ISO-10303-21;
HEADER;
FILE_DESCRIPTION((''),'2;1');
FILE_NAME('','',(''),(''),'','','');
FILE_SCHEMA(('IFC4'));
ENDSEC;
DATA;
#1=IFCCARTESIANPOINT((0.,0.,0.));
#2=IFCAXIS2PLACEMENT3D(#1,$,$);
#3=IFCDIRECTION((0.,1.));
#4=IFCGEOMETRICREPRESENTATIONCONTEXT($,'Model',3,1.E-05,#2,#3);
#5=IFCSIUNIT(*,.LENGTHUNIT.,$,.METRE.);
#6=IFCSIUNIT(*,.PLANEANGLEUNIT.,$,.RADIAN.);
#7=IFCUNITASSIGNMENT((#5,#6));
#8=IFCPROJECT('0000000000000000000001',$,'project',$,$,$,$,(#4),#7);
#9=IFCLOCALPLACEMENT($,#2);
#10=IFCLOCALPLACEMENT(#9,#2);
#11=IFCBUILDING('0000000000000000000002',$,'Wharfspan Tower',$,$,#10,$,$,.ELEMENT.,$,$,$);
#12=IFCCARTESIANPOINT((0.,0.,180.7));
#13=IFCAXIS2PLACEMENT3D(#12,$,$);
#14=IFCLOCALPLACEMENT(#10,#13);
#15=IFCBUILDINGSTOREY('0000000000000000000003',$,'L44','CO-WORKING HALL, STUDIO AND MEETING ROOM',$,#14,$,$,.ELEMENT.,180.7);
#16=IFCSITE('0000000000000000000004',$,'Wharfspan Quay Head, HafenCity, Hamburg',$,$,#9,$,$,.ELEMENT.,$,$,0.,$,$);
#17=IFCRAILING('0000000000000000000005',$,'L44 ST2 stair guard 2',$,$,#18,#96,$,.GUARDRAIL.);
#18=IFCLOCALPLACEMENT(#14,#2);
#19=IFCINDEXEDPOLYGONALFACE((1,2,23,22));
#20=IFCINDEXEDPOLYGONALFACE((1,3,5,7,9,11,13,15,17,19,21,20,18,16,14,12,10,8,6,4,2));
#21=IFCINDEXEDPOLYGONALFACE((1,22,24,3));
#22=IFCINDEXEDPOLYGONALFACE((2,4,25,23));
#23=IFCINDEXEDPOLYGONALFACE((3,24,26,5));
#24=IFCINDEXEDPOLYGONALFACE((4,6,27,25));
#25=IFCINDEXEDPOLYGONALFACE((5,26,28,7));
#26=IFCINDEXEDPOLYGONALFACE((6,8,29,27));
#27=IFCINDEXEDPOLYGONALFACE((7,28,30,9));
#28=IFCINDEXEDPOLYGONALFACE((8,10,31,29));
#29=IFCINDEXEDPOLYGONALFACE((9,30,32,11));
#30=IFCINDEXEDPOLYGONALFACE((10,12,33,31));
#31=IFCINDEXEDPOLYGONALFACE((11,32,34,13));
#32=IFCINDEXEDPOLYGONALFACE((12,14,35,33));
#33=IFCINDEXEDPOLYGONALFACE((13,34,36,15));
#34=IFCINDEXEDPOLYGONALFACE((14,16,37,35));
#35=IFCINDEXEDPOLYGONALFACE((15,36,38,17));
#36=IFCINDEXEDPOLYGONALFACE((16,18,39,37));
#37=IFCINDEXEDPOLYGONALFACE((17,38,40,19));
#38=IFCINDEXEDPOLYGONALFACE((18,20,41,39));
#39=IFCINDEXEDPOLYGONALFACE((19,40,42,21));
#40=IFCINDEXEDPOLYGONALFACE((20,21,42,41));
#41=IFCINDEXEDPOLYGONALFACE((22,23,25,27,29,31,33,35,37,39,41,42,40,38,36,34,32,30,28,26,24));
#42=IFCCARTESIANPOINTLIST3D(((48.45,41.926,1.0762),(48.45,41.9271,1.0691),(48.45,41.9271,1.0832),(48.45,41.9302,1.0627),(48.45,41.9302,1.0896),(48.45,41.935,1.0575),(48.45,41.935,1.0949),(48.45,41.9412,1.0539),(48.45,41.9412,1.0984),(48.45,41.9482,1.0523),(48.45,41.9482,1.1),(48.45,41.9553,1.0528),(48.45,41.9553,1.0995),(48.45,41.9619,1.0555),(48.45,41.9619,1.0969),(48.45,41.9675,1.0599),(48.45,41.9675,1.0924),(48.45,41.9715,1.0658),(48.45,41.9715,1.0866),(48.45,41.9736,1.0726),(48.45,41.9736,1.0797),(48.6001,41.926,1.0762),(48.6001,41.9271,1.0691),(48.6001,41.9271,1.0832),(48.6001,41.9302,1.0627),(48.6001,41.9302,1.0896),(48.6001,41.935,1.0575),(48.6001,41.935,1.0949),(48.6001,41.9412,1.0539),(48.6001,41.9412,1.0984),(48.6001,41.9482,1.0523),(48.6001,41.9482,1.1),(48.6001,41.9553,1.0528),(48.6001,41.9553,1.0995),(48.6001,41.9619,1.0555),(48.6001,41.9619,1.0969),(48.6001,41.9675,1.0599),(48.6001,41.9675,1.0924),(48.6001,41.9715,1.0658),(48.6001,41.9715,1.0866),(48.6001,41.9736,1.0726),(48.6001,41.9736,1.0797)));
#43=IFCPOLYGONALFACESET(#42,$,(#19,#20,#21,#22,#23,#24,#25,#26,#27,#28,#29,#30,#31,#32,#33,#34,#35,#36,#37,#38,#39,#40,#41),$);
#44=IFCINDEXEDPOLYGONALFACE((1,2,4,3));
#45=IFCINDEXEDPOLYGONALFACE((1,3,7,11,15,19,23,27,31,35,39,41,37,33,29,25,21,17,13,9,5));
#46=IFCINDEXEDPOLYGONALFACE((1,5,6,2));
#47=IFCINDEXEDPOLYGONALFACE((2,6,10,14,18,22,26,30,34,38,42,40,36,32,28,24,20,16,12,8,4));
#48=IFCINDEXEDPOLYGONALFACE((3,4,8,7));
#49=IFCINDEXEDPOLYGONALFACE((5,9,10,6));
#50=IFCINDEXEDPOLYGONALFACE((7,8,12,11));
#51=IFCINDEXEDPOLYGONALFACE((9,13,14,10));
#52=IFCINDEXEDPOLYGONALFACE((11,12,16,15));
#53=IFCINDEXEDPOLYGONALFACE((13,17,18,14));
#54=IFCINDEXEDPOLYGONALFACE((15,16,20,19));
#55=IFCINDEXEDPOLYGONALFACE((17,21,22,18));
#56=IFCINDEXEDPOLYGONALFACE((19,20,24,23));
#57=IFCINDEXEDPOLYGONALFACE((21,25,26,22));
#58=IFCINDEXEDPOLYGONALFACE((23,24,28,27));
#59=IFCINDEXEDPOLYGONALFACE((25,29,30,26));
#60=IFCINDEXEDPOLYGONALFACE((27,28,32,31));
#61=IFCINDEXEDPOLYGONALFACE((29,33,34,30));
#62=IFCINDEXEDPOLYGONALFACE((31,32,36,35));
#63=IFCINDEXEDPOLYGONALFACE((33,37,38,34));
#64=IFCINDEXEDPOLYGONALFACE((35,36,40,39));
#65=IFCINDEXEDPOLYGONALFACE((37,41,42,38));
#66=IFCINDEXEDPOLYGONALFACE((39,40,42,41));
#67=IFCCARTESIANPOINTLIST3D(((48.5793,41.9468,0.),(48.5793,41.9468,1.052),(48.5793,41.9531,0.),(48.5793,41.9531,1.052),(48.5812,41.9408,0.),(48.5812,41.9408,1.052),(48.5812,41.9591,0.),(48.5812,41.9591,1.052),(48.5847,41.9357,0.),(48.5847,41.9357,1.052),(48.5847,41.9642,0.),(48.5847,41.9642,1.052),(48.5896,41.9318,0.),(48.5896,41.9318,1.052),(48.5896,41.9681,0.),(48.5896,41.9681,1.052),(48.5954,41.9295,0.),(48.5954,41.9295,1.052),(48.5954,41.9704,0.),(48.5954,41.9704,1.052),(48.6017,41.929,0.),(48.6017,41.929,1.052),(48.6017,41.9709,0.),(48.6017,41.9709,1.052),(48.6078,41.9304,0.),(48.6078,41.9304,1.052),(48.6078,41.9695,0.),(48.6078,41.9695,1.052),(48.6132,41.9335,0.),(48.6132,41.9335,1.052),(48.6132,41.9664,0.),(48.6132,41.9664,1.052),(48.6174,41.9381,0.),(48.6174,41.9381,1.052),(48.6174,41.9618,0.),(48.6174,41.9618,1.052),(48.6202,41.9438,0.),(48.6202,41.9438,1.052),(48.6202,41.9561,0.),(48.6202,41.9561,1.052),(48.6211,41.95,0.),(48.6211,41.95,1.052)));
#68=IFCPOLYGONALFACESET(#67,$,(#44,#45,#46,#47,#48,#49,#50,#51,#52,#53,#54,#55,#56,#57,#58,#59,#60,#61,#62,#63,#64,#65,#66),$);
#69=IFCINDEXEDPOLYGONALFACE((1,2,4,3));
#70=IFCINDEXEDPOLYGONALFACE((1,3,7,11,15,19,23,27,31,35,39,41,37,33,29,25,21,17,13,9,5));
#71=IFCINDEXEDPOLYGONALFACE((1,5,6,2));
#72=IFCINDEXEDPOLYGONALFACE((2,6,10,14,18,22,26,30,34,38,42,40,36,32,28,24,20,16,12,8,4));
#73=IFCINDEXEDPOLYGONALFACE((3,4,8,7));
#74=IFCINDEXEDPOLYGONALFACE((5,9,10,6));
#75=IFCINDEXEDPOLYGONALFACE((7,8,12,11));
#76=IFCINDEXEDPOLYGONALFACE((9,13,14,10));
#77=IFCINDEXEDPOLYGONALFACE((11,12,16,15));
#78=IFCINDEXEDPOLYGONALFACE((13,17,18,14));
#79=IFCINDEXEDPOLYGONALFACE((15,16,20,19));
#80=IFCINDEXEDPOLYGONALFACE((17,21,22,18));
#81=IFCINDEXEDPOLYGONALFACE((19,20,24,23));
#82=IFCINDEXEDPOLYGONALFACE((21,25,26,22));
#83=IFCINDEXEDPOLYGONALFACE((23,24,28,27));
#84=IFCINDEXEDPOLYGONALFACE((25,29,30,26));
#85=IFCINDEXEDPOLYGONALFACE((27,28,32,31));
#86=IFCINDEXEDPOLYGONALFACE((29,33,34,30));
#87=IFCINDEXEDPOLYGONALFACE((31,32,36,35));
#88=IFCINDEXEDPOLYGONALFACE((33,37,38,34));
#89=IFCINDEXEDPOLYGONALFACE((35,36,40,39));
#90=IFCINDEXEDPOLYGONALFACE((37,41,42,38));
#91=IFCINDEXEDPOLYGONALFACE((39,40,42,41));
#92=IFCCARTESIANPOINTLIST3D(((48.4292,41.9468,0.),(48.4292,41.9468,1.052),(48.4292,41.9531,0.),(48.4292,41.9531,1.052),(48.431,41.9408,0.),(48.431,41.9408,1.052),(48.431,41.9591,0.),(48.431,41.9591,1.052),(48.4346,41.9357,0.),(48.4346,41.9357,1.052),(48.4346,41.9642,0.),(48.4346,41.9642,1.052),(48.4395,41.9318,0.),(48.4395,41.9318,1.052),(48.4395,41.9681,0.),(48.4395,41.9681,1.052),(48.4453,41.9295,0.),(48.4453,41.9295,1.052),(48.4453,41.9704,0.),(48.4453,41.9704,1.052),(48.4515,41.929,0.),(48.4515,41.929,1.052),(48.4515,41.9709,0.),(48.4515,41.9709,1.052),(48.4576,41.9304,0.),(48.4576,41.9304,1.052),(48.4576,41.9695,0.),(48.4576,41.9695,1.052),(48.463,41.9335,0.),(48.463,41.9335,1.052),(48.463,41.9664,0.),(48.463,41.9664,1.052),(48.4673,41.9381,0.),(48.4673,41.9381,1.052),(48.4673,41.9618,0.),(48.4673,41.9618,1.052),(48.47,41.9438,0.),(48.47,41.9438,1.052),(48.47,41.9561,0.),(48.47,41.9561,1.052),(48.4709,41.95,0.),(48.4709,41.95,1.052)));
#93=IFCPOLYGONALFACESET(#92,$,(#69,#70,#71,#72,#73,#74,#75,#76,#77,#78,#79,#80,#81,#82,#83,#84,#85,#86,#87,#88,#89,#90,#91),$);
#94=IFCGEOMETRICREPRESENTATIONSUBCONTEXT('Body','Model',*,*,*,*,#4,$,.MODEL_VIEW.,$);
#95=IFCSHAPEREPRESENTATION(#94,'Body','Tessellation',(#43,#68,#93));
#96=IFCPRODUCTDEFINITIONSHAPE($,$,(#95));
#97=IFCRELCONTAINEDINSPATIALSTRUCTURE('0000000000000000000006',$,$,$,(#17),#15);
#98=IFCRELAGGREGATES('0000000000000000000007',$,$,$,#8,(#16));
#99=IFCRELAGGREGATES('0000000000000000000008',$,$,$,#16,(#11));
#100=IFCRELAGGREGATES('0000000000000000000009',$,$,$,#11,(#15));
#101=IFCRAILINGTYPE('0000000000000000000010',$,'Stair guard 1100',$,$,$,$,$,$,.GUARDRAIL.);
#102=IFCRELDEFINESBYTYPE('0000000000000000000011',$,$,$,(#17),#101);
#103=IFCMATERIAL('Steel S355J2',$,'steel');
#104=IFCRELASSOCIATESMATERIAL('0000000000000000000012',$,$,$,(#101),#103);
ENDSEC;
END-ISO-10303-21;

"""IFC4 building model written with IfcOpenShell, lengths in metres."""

from ifc_helpers import new_model, si_unit, direction, frame, origin, origin_2d, place, context, subcontext, project, spatial, circle, extrude, material, type_object, element, save


model = new_model("IFC4")

# Units and contexts
model_context = context("Model", 3, precision=1e-05, world=origin(), true_north=direction((0.0, 1.0)))
body_context = subcontext(model_context, "Body", "Model", "MODEL_VIEW")
ifc_project = project(units=[si_unit("LENGTHUNIT", "METRE"), si_unit("PLANEANGLEUNIT", "RADIAN")], contexts=[model_context])

# Site, building, storey
site_placement = place(None, origin())
site = spatial("IfcSite", under=ifc_project, at=site_placement, Name="Wharfspan Quay Head, HafenCity, Hamburg", CompositionType="ELEMENT", RefElevation=0.0)
building_placement = place(site_placement, origin())
building = spatial("IfcBuilding", under=site, at=building_placement, Name="Wharfspan Tower", CompositionType="ELEMENT")
storey_placement = place(building_placement, frame((0.0, 0.0, 180.7)))
storey = spatial("IfcBuildingStorey", under=building, at=storey_placement, Name="L44", Description="CO-WORKING HALL, STUDIO AND MEETING ROOM", CompositionType="ELEMENT", Elevation=180.7)

# Shared definitions
ifc_material_1 = material(Name="Steel S355J2", Category="steel")

# Railing
railing_type_1 = type_object("IfcRailingType", Name="Stair guard 1100", PredefinedType="GUARDRAIL", material=ifc_material_1)
railing_1_placement = place(storey_placement, frame((48.6001, 41.95, 0.0)))
element("IfcRailing", 1, at=railing_1_placement, inside=storey, type_object=railing_type_1, Name="L44 ST2 stair guard 2", PredefinedType="GUARDRAIL", context=body_context, shape_type="SweptSolid", body=[
    extrude(circle(Radius=0.0239, at=origin_2d()), frame((0.0, 0.0, 1.0762), z_axis=(-1.0, 0.0, 0.0), x_axis=(0.0, -1.0, 0.0)), (0.0, 0.0, 1.0), 0.1501),
    extrude(circle(Radius=0.021, at=origin_2d()), origin(), (0.0, 0.0, 1.0), 1.052),
    extrude(circle(Radius=0.021, at=origin_2d()), frame((-0.1501, 0.0, 0.0)), (0.0, 0.0, 1.0), 1.052),
])

save(model, "model.ifc")
